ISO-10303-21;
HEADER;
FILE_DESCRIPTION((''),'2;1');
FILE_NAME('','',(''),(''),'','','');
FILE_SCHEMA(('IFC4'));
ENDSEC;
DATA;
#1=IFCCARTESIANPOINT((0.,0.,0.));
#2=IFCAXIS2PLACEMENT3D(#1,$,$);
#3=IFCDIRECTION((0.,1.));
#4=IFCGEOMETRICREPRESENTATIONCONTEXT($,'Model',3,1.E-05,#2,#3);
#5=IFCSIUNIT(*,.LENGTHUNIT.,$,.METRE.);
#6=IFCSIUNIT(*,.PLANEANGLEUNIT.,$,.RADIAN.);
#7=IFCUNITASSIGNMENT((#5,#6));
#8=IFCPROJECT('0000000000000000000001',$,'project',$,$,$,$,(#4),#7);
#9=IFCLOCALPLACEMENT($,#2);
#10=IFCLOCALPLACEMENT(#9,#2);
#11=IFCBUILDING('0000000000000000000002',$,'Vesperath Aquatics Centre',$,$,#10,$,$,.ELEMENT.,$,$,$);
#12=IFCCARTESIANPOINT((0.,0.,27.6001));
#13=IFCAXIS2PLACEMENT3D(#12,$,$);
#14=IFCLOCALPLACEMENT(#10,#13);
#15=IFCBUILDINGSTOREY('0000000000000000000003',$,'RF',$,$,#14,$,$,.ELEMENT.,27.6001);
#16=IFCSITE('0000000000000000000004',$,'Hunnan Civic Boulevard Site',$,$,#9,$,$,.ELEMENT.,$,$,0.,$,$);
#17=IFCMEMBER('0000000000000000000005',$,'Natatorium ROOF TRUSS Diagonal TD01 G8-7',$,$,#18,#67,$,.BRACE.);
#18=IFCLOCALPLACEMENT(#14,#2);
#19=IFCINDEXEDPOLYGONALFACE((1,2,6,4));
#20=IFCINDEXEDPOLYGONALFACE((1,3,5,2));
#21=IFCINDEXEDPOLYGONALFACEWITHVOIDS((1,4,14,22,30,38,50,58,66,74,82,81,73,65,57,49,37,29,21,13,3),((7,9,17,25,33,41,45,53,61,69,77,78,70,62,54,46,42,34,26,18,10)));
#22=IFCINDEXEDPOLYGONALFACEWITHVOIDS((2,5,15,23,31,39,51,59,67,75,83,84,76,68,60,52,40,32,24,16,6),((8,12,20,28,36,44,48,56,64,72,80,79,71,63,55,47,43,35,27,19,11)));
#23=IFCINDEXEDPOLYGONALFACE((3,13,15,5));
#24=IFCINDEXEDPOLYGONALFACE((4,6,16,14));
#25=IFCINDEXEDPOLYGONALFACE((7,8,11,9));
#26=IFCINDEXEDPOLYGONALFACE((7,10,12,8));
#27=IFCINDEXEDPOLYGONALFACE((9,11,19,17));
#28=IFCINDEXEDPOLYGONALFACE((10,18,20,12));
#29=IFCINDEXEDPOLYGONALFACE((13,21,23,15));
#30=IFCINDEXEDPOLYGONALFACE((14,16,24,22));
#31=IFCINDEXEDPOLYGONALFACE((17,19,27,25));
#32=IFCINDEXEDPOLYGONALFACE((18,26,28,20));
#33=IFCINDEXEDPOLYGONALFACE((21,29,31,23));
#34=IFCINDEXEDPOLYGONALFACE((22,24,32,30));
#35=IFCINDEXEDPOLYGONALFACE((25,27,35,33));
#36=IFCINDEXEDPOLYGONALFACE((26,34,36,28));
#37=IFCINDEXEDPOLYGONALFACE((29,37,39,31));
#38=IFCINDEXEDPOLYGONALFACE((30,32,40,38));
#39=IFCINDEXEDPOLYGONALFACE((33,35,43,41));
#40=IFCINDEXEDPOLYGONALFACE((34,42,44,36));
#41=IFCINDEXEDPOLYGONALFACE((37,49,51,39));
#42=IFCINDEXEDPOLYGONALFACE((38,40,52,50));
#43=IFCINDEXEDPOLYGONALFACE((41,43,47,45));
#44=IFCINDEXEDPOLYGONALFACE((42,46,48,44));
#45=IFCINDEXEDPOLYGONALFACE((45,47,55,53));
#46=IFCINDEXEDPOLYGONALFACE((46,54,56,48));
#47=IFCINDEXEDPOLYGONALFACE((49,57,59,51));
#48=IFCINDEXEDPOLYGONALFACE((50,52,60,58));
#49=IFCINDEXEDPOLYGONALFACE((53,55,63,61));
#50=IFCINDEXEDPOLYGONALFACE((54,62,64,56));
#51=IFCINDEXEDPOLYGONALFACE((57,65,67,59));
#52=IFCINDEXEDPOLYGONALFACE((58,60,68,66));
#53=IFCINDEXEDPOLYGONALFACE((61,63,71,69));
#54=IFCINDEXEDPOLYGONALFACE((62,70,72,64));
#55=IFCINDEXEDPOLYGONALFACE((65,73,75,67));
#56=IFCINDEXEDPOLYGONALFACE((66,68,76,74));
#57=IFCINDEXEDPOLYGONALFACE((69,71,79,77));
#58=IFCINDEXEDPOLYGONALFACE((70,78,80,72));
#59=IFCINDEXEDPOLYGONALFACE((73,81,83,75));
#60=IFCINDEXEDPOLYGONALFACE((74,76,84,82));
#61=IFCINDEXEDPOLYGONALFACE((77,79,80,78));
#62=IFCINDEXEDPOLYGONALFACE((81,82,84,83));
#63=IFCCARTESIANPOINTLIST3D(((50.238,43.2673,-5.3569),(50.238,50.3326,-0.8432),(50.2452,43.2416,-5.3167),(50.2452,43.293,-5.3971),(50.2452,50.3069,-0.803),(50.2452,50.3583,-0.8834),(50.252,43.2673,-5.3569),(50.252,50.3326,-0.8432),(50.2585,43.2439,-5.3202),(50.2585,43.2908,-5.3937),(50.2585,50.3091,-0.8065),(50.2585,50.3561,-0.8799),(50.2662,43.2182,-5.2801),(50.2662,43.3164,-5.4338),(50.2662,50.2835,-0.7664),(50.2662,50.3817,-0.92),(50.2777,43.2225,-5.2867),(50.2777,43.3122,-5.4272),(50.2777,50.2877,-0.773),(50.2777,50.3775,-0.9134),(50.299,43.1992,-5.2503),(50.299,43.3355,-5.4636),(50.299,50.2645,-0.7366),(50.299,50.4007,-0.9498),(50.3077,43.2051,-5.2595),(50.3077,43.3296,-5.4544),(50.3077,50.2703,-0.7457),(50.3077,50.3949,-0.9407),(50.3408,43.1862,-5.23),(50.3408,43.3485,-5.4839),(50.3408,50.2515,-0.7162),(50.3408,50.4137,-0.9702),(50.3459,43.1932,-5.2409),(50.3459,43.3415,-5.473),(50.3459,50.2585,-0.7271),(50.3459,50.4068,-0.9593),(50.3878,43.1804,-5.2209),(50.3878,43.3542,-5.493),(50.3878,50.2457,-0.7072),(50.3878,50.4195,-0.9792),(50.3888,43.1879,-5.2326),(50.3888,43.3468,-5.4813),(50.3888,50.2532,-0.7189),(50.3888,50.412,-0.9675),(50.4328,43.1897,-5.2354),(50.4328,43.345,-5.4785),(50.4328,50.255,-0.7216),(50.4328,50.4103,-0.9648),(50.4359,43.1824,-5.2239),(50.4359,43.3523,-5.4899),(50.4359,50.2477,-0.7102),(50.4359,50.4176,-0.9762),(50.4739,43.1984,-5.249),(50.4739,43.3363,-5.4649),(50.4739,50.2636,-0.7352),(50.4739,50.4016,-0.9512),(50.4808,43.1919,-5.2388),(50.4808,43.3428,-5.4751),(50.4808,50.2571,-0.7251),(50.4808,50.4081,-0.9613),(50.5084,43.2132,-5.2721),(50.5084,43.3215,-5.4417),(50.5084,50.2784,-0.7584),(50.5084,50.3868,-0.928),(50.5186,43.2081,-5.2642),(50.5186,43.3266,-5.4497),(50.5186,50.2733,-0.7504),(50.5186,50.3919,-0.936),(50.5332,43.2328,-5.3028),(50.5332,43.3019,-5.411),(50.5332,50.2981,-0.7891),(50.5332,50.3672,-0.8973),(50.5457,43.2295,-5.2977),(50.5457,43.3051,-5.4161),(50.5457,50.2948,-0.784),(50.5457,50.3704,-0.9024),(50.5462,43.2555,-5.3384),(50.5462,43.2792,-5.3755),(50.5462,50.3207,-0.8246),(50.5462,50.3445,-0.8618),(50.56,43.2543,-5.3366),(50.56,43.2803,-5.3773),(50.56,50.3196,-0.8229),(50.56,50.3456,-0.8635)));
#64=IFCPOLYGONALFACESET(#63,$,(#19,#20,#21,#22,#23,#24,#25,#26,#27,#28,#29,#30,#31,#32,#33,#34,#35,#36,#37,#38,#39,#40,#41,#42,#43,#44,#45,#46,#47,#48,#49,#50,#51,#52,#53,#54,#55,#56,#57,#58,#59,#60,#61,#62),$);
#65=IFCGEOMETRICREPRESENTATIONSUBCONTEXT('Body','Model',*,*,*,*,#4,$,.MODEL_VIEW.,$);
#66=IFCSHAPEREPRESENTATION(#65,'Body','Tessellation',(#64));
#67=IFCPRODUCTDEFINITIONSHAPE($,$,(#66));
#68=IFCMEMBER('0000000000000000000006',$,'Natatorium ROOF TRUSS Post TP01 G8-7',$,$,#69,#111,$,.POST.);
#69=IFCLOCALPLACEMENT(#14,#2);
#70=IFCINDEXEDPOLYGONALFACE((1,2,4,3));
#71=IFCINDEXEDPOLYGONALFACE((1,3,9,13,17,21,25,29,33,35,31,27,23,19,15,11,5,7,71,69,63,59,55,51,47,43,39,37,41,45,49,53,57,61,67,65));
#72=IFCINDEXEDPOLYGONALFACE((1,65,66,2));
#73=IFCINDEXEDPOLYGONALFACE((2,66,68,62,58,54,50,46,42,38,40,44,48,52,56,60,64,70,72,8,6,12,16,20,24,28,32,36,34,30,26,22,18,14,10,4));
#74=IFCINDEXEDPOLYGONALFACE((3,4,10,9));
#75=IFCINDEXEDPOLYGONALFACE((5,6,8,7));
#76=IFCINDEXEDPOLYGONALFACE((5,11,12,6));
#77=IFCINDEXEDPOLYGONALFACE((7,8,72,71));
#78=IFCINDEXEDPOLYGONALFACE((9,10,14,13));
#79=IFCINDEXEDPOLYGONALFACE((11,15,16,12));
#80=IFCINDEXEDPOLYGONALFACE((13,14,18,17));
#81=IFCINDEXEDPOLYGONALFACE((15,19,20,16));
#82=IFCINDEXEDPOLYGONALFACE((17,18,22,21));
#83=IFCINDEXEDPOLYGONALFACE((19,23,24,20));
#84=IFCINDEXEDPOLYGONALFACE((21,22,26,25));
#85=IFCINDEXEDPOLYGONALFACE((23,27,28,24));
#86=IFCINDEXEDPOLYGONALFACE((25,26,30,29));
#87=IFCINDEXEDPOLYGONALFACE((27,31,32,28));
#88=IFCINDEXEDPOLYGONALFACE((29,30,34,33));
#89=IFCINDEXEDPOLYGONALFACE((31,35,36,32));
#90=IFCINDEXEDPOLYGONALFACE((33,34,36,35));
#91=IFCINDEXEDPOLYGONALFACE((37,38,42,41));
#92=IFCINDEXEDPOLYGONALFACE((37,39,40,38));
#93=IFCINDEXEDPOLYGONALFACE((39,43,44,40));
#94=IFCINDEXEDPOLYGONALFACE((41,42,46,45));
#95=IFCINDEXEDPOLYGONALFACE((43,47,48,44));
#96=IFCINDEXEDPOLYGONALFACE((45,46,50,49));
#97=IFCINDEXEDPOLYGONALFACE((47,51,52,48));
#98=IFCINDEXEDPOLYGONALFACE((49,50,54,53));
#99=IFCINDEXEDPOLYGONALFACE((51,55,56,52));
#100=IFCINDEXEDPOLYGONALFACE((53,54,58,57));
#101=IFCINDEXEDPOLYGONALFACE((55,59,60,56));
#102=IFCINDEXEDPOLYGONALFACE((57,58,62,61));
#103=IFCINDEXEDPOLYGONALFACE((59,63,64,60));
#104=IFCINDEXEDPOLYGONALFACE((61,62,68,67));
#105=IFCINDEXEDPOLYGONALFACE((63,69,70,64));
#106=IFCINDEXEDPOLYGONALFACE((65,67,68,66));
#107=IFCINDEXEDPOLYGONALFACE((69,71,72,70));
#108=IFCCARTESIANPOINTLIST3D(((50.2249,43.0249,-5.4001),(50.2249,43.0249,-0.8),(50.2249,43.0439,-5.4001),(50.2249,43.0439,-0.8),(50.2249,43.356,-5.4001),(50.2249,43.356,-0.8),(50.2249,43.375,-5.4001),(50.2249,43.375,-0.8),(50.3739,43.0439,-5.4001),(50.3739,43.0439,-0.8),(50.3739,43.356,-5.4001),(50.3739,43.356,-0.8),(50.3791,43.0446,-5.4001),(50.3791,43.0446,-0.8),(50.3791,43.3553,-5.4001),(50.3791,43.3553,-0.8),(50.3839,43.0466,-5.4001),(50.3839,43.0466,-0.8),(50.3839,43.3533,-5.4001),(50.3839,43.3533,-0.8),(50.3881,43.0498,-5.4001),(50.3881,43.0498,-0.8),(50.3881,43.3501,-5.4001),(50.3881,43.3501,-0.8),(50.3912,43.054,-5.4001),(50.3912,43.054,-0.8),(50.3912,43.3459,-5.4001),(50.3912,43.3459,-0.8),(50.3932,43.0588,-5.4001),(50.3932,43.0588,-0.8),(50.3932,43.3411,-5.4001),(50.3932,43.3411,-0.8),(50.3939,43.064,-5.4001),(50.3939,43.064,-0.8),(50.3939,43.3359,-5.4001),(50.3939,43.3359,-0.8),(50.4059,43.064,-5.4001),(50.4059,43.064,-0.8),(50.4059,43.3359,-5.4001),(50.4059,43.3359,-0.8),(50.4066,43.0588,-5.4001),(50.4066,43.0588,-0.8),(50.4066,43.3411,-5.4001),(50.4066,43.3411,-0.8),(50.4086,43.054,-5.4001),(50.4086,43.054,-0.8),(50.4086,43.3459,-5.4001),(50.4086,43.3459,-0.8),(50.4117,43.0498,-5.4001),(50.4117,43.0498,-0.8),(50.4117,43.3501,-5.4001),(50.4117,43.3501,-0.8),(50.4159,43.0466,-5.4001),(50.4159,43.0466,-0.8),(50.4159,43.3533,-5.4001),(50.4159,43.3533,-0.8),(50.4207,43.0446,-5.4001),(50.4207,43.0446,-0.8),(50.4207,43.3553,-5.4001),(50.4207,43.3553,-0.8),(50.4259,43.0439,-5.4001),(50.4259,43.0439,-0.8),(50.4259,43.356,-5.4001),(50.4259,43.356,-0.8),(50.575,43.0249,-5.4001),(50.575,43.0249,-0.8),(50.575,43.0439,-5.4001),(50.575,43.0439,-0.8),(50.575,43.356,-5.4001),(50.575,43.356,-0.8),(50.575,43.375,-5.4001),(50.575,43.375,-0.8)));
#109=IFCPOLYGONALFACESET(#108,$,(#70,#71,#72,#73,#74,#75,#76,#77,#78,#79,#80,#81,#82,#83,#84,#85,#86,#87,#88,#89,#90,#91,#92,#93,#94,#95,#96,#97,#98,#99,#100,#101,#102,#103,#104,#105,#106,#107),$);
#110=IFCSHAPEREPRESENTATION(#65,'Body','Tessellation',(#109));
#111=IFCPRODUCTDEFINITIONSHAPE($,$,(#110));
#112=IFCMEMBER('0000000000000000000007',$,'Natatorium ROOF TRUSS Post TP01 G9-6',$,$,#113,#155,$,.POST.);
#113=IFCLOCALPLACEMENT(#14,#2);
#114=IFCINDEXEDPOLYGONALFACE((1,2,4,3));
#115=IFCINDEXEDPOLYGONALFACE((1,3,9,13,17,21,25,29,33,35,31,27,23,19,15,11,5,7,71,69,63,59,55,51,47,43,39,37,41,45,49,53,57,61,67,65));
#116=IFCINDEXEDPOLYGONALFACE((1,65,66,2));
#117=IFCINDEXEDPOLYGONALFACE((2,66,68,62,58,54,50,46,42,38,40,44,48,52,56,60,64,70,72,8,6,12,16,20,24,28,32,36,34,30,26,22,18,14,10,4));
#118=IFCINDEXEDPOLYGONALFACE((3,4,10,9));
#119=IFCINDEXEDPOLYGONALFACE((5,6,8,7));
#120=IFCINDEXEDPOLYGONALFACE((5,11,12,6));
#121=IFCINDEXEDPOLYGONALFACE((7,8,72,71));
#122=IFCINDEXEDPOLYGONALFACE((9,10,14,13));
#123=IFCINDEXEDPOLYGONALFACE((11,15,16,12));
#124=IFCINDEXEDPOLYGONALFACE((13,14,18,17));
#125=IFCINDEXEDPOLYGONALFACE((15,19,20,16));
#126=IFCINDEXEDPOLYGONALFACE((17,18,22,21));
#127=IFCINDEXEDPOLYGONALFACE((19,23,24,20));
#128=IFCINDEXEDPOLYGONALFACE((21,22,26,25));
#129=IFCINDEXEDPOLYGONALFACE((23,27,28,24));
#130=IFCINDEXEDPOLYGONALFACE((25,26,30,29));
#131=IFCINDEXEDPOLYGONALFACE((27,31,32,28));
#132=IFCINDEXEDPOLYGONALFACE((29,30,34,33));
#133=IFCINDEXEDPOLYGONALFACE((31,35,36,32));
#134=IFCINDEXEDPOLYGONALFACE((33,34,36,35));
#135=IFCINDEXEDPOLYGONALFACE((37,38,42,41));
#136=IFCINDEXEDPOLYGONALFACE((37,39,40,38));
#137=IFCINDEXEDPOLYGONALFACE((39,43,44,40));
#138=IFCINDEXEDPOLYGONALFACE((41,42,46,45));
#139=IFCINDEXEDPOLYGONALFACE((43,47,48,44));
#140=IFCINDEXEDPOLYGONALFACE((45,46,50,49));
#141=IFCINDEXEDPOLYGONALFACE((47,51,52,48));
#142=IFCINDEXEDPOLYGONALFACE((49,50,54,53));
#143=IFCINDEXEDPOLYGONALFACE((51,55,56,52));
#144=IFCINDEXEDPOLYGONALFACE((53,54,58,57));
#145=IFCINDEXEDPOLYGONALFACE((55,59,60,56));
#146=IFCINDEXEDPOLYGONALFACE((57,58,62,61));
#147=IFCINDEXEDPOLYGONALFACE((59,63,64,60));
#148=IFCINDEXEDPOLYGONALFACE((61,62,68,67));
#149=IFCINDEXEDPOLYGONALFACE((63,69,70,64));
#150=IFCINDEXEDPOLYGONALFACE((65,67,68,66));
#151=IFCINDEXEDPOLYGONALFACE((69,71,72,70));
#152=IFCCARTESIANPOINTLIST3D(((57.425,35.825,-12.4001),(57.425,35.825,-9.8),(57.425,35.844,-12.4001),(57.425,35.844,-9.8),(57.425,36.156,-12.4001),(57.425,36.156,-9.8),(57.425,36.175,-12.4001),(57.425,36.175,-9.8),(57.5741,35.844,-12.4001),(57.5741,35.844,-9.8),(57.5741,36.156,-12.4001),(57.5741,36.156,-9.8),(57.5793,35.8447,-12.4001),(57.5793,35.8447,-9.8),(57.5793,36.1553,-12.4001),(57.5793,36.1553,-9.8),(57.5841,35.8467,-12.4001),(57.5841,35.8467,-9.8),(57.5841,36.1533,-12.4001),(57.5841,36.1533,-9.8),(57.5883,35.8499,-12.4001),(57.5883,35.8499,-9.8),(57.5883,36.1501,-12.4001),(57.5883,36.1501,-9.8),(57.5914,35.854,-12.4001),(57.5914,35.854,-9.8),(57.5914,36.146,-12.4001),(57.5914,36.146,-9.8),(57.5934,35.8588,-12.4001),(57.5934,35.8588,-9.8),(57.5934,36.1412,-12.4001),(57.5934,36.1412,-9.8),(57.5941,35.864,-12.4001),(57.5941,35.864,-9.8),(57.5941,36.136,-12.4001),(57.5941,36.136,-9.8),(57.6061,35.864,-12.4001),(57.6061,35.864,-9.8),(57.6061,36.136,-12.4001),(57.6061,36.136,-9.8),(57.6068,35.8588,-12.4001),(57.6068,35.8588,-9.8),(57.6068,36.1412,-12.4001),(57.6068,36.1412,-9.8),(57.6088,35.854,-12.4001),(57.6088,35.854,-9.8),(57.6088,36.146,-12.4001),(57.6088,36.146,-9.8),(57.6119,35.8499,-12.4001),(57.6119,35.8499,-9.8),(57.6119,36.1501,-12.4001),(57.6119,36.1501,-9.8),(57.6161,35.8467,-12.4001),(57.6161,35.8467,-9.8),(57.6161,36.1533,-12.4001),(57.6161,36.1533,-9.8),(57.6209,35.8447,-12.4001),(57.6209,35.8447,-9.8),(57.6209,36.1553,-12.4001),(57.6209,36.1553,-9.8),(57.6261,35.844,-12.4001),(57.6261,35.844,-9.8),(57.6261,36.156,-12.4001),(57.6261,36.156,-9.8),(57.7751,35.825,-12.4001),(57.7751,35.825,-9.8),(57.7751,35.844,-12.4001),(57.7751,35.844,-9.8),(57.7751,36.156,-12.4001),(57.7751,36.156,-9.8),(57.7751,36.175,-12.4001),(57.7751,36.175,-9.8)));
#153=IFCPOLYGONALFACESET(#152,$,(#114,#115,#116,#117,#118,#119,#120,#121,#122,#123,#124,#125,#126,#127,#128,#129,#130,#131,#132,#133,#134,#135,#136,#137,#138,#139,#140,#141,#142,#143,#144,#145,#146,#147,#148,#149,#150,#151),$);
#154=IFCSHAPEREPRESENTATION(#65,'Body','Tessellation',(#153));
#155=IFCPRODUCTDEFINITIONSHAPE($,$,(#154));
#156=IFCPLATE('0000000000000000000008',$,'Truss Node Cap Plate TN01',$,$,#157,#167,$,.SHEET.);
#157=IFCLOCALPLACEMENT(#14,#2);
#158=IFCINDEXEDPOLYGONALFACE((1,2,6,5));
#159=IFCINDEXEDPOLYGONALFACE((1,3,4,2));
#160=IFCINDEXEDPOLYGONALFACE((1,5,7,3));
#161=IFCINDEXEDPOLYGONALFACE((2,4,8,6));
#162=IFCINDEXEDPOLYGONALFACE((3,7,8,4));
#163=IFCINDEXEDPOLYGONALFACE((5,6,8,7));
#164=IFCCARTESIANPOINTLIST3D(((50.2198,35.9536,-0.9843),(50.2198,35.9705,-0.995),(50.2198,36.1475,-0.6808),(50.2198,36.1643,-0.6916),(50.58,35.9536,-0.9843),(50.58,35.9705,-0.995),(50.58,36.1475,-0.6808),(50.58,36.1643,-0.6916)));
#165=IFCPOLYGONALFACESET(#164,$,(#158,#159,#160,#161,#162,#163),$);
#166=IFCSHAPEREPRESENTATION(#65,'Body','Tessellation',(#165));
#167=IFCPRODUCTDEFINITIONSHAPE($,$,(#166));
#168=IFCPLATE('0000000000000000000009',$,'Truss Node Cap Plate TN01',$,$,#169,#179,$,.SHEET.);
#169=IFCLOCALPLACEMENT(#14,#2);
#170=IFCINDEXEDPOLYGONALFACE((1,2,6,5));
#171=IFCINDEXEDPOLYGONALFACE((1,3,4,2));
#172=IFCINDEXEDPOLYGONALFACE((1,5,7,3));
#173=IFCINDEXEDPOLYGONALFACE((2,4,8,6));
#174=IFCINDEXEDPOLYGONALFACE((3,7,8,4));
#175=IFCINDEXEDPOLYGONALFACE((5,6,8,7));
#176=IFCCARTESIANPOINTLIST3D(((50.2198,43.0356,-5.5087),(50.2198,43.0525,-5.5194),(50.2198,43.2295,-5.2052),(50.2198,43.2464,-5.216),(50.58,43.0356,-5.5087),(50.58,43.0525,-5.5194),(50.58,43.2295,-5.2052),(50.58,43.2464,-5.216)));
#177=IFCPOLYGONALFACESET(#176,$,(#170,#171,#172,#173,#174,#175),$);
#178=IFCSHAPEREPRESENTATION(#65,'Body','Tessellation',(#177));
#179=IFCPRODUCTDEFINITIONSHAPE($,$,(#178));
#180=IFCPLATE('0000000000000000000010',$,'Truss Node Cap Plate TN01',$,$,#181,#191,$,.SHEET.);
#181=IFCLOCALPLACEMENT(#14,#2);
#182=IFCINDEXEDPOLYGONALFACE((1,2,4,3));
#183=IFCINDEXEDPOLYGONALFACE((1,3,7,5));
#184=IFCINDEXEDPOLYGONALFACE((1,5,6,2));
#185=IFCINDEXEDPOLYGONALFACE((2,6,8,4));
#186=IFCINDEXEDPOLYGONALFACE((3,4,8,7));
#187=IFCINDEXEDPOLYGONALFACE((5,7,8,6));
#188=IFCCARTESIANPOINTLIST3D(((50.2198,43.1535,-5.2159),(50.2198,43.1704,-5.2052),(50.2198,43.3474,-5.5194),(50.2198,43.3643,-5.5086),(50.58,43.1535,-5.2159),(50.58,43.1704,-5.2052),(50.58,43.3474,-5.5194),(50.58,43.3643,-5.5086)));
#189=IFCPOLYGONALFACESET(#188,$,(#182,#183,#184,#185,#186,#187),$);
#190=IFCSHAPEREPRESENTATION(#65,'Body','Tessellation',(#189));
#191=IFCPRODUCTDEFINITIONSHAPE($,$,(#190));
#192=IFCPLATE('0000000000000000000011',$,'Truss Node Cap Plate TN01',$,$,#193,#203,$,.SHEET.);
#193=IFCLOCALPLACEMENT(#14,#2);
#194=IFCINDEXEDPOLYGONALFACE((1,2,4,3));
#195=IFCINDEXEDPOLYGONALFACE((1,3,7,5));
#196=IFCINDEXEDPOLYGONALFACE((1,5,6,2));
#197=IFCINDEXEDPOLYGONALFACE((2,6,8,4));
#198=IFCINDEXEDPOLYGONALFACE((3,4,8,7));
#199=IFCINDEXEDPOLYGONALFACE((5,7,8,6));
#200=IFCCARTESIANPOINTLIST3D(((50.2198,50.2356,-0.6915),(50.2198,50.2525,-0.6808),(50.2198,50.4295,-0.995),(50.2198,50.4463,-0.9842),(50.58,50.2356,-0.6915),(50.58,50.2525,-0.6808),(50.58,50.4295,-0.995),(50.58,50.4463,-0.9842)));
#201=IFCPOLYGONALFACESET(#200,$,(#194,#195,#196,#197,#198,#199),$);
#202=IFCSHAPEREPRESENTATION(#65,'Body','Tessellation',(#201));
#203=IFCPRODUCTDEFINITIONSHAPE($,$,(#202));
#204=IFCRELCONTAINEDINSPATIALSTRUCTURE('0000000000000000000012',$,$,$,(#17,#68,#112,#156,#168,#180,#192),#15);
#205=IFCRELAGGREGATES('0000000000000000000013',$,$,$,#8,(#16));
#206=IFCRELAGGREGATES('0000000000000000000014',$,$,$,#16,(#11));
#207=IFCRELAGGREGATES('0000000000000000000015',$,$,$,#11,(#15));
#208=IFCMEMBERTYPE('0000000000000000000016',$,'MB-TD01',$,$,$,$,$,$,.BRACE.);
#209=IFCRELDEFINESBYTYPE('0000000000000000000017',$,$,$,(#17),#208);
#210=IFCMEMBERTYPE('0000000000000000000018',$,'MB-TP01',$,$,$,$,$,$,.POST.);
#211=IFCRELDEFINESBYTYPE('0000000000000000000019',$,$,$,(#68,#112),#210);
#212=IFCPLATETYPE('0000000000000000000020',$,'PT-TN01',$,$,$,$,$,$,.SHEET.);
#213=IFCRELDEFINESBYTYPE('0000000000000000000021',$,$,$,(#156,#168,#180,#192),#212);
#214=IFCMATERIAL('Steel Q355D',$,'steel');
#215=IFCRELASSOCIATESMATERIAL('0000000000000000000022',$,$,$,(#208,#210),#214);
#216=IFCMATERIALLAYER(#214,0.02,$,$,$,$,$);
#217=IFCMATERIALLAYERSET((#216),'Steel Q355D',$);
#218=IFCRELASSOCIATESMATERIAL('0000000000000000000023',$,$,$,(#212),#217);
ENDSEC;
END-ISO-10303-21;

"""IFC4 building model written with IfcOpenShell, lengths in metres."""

from ifc_helpers import new_model, si_unit, direction, frame, origin, origin_2d, place, context, subcontext, project, spatial, rectangle, hollow_circle, i_section, extrude, material, layer, layer_set, material_profile, profile_set, type_object, element, save


model = new_model("IFC4")

# Units and contexts
model_context = context("Model", 3, precision=1e-05, world=origin(), true_north=direction((0.0, 1.0)))
body_context = subcontext(model_context, "Body", "Model", "MODEL_VIEW")
ifc_project = project(units=[si_unit("LENGTHUNIT", "METRE"), si_unit("PLANEANGLEUNIT", "RADIAN")], contexts=[model_context])

# Site, building, storey
site_placement = place(None, origin())
site = spatial("IfcSite", under=ifc_project, at=site_placement, Name="Hunnan Civic Boulevard Site", CompositionType="ELEMENT", RefElevation=0.0)
building_placement = place(site_placement, origin())
building = spatial("IfcBuilding", under=site, at=building_placement, Name="Vesperath Aquatics Centre", CompositionType="ELEMENT")
storey_placement = place(building_placement, frame((0.0, 0.0, 27.6001)))
storey = spatial("IfcBuildingStorey", under=building, at=storey_placement, Name="RF", CompositionType="ELEMENT", Elevation=27.6001)

# Members
ifc_material_1 = material(Name="Steel Q355D", Category="steel")
ifc_material_profile_1 = material_profile(ifc_material_1, hollow_circle(Radius=0.1619, WallThickness=0.0139, at=origin_2d()), Name="CHS 323.9x14")
ifc_profile_set_1 = profile_set([ifc_material_profile_1], Name="Steel Q355D")
member_type_1 = type_object("IfcMemberType", Name="MB-TD01", PredefinedType="BRACE", material=ifc_profile_set_1)
for number, where, z_axis, x_axis, name in (
    (1, (50.3999, 43.2673, -5.3569), (0.0, 0.842707, 0.538373), (-1.0, 0.0, 0.0), "Natatorium ROOF TRUSS Diagonal TD01 G8-7"),
):
    element("IfcMember", number, at=place(storey_placement, frame(where, z_axis=z_axis, x_axis=x_axis)), inside=storey, type_object=member_type_1, Name=name, PredefinedType="BRACE", context=body_context, shape_type="SweptSolid", body=[
        extrude(hollow_circle(Radius=0.1619, WallThickness=0.0139, at=origin_2d()), origin(), (0.0, 0.0, 1.0), 8.384),
    ])
ifc_material_profile_2 = material_profile(ifc_material_1, i_section(OverallWidth=0.3501, OverallDepth=0.3501, WebThickness=0.012, FlangeThickness=0.019, FilletRadius=0.02, at=origin_2d()), Name="HW 350x350x12x19")
ifc_profile_set_2 = profile_set([ifc_material_profile_2], Name="Steel Q355D")
member_type_2 = type_object("IfcMemberType", Name="MB-TP01", PredefinedType="POST", material=ifc_profile_set_2)
member_1_placement = place(storey_placement, frame((50.3999, 43.2, -5.4001), z_axis=(0.0, 0.0, 1.0), x_axis=(1.0, 0.0, 0.0)))
element("IfcMember", 2, at=member_1_placement, inside=storey, type_object=member_type_2, Name="Natatorium ROOF TRUSS Post TP01 G8-7", PredefinedType="POST", context=body_context, shape_type="SweptSolid", body=[
    extrude(i_section(OverallWidth=0.3501, OverallDepth=0.3501, WebThickness=0.012, FlangeThickness=0.019, FilletRadius=0.02, at=origin_2d()), origin(), (0.0, 0.0, 1.0), 4.6001),
])
member_2_placement = place(storey_placement, frame((57.6001, 36.0, -12.4001), z_axis=(0.0, 0.0, 1.0), x_axis=(1.0, 0.0, 0.0)))
element("IfcMember", 3, at=member_2_placement, inside=storey, type_object=member_type_2, Name="Natatorium ROOF TRUSS Post TP01 G9-6", PredefinedType="POST", context=body_context, shape_type="SweptSolid", body=[
    extrude(i_section(OverallWidth=0.3501, OverallDepth=0.3501, WebThickness=0.012, FlangeThickness=0.019, FilletRadius=0.02, at=origin_2d()), origin(), (0.0, 0.0, 1.0), 2.6001),
])

# Plates
ifc_layer_1 = layer(ifc_material_1, 0.02)
ifc_layer_set_1 = layer_set([ifc_layer_1], Name="Steel Q355D")
plate_type_1 = type_object("IfcPlateType", Name="PT-TN01", PredefinedType="SHEET", material=ifc_layer_set_1)
for number, where, z_axis, x_axis, name in (
    (4, (50.3999, 36.0505, -0.8325), (0.0, 0.842696, -0.538389), (-1.0, 0.0, 0.0), "Truss Node Cap Plate TN01"),
    (5, (50.3999, 43.1326, -5.3569), (0.0, 0.842696, -0.538389), (-1.0, 0.0, 0.0), "Truss Node Cap Plate TN01"),
    (6, (50.3999, 43.2505, -5.3677), (0.0, 0.842696, 0.538389), (-1.0, 0.0, 0.0), "Truss Node Cap Plate TN01"),
    (7, (50.3999, 50.3325, -0.8433), (0.0, 0.842696, 0.538389), (-1.0, 0.0, 0.0), "Truss Node Cap Plate TN01"),
):
    element("IfcPlate", number, at=place(storey_placement, frame(where, z_axis=z_axis, x_axis=x_axis)), inside=storey, type_object=plate_type_1, Name=name, PredefinedType="SHEET", context=body_context, shape_type="SweptSolid", body=[
        extrude(rectangle(XDim=0.3601, YDim=0.3601, at=origin_2d()), origin(), (0.0, 0.0, 1.0), 0.02),
    ])

save(model, "model.ifc")
